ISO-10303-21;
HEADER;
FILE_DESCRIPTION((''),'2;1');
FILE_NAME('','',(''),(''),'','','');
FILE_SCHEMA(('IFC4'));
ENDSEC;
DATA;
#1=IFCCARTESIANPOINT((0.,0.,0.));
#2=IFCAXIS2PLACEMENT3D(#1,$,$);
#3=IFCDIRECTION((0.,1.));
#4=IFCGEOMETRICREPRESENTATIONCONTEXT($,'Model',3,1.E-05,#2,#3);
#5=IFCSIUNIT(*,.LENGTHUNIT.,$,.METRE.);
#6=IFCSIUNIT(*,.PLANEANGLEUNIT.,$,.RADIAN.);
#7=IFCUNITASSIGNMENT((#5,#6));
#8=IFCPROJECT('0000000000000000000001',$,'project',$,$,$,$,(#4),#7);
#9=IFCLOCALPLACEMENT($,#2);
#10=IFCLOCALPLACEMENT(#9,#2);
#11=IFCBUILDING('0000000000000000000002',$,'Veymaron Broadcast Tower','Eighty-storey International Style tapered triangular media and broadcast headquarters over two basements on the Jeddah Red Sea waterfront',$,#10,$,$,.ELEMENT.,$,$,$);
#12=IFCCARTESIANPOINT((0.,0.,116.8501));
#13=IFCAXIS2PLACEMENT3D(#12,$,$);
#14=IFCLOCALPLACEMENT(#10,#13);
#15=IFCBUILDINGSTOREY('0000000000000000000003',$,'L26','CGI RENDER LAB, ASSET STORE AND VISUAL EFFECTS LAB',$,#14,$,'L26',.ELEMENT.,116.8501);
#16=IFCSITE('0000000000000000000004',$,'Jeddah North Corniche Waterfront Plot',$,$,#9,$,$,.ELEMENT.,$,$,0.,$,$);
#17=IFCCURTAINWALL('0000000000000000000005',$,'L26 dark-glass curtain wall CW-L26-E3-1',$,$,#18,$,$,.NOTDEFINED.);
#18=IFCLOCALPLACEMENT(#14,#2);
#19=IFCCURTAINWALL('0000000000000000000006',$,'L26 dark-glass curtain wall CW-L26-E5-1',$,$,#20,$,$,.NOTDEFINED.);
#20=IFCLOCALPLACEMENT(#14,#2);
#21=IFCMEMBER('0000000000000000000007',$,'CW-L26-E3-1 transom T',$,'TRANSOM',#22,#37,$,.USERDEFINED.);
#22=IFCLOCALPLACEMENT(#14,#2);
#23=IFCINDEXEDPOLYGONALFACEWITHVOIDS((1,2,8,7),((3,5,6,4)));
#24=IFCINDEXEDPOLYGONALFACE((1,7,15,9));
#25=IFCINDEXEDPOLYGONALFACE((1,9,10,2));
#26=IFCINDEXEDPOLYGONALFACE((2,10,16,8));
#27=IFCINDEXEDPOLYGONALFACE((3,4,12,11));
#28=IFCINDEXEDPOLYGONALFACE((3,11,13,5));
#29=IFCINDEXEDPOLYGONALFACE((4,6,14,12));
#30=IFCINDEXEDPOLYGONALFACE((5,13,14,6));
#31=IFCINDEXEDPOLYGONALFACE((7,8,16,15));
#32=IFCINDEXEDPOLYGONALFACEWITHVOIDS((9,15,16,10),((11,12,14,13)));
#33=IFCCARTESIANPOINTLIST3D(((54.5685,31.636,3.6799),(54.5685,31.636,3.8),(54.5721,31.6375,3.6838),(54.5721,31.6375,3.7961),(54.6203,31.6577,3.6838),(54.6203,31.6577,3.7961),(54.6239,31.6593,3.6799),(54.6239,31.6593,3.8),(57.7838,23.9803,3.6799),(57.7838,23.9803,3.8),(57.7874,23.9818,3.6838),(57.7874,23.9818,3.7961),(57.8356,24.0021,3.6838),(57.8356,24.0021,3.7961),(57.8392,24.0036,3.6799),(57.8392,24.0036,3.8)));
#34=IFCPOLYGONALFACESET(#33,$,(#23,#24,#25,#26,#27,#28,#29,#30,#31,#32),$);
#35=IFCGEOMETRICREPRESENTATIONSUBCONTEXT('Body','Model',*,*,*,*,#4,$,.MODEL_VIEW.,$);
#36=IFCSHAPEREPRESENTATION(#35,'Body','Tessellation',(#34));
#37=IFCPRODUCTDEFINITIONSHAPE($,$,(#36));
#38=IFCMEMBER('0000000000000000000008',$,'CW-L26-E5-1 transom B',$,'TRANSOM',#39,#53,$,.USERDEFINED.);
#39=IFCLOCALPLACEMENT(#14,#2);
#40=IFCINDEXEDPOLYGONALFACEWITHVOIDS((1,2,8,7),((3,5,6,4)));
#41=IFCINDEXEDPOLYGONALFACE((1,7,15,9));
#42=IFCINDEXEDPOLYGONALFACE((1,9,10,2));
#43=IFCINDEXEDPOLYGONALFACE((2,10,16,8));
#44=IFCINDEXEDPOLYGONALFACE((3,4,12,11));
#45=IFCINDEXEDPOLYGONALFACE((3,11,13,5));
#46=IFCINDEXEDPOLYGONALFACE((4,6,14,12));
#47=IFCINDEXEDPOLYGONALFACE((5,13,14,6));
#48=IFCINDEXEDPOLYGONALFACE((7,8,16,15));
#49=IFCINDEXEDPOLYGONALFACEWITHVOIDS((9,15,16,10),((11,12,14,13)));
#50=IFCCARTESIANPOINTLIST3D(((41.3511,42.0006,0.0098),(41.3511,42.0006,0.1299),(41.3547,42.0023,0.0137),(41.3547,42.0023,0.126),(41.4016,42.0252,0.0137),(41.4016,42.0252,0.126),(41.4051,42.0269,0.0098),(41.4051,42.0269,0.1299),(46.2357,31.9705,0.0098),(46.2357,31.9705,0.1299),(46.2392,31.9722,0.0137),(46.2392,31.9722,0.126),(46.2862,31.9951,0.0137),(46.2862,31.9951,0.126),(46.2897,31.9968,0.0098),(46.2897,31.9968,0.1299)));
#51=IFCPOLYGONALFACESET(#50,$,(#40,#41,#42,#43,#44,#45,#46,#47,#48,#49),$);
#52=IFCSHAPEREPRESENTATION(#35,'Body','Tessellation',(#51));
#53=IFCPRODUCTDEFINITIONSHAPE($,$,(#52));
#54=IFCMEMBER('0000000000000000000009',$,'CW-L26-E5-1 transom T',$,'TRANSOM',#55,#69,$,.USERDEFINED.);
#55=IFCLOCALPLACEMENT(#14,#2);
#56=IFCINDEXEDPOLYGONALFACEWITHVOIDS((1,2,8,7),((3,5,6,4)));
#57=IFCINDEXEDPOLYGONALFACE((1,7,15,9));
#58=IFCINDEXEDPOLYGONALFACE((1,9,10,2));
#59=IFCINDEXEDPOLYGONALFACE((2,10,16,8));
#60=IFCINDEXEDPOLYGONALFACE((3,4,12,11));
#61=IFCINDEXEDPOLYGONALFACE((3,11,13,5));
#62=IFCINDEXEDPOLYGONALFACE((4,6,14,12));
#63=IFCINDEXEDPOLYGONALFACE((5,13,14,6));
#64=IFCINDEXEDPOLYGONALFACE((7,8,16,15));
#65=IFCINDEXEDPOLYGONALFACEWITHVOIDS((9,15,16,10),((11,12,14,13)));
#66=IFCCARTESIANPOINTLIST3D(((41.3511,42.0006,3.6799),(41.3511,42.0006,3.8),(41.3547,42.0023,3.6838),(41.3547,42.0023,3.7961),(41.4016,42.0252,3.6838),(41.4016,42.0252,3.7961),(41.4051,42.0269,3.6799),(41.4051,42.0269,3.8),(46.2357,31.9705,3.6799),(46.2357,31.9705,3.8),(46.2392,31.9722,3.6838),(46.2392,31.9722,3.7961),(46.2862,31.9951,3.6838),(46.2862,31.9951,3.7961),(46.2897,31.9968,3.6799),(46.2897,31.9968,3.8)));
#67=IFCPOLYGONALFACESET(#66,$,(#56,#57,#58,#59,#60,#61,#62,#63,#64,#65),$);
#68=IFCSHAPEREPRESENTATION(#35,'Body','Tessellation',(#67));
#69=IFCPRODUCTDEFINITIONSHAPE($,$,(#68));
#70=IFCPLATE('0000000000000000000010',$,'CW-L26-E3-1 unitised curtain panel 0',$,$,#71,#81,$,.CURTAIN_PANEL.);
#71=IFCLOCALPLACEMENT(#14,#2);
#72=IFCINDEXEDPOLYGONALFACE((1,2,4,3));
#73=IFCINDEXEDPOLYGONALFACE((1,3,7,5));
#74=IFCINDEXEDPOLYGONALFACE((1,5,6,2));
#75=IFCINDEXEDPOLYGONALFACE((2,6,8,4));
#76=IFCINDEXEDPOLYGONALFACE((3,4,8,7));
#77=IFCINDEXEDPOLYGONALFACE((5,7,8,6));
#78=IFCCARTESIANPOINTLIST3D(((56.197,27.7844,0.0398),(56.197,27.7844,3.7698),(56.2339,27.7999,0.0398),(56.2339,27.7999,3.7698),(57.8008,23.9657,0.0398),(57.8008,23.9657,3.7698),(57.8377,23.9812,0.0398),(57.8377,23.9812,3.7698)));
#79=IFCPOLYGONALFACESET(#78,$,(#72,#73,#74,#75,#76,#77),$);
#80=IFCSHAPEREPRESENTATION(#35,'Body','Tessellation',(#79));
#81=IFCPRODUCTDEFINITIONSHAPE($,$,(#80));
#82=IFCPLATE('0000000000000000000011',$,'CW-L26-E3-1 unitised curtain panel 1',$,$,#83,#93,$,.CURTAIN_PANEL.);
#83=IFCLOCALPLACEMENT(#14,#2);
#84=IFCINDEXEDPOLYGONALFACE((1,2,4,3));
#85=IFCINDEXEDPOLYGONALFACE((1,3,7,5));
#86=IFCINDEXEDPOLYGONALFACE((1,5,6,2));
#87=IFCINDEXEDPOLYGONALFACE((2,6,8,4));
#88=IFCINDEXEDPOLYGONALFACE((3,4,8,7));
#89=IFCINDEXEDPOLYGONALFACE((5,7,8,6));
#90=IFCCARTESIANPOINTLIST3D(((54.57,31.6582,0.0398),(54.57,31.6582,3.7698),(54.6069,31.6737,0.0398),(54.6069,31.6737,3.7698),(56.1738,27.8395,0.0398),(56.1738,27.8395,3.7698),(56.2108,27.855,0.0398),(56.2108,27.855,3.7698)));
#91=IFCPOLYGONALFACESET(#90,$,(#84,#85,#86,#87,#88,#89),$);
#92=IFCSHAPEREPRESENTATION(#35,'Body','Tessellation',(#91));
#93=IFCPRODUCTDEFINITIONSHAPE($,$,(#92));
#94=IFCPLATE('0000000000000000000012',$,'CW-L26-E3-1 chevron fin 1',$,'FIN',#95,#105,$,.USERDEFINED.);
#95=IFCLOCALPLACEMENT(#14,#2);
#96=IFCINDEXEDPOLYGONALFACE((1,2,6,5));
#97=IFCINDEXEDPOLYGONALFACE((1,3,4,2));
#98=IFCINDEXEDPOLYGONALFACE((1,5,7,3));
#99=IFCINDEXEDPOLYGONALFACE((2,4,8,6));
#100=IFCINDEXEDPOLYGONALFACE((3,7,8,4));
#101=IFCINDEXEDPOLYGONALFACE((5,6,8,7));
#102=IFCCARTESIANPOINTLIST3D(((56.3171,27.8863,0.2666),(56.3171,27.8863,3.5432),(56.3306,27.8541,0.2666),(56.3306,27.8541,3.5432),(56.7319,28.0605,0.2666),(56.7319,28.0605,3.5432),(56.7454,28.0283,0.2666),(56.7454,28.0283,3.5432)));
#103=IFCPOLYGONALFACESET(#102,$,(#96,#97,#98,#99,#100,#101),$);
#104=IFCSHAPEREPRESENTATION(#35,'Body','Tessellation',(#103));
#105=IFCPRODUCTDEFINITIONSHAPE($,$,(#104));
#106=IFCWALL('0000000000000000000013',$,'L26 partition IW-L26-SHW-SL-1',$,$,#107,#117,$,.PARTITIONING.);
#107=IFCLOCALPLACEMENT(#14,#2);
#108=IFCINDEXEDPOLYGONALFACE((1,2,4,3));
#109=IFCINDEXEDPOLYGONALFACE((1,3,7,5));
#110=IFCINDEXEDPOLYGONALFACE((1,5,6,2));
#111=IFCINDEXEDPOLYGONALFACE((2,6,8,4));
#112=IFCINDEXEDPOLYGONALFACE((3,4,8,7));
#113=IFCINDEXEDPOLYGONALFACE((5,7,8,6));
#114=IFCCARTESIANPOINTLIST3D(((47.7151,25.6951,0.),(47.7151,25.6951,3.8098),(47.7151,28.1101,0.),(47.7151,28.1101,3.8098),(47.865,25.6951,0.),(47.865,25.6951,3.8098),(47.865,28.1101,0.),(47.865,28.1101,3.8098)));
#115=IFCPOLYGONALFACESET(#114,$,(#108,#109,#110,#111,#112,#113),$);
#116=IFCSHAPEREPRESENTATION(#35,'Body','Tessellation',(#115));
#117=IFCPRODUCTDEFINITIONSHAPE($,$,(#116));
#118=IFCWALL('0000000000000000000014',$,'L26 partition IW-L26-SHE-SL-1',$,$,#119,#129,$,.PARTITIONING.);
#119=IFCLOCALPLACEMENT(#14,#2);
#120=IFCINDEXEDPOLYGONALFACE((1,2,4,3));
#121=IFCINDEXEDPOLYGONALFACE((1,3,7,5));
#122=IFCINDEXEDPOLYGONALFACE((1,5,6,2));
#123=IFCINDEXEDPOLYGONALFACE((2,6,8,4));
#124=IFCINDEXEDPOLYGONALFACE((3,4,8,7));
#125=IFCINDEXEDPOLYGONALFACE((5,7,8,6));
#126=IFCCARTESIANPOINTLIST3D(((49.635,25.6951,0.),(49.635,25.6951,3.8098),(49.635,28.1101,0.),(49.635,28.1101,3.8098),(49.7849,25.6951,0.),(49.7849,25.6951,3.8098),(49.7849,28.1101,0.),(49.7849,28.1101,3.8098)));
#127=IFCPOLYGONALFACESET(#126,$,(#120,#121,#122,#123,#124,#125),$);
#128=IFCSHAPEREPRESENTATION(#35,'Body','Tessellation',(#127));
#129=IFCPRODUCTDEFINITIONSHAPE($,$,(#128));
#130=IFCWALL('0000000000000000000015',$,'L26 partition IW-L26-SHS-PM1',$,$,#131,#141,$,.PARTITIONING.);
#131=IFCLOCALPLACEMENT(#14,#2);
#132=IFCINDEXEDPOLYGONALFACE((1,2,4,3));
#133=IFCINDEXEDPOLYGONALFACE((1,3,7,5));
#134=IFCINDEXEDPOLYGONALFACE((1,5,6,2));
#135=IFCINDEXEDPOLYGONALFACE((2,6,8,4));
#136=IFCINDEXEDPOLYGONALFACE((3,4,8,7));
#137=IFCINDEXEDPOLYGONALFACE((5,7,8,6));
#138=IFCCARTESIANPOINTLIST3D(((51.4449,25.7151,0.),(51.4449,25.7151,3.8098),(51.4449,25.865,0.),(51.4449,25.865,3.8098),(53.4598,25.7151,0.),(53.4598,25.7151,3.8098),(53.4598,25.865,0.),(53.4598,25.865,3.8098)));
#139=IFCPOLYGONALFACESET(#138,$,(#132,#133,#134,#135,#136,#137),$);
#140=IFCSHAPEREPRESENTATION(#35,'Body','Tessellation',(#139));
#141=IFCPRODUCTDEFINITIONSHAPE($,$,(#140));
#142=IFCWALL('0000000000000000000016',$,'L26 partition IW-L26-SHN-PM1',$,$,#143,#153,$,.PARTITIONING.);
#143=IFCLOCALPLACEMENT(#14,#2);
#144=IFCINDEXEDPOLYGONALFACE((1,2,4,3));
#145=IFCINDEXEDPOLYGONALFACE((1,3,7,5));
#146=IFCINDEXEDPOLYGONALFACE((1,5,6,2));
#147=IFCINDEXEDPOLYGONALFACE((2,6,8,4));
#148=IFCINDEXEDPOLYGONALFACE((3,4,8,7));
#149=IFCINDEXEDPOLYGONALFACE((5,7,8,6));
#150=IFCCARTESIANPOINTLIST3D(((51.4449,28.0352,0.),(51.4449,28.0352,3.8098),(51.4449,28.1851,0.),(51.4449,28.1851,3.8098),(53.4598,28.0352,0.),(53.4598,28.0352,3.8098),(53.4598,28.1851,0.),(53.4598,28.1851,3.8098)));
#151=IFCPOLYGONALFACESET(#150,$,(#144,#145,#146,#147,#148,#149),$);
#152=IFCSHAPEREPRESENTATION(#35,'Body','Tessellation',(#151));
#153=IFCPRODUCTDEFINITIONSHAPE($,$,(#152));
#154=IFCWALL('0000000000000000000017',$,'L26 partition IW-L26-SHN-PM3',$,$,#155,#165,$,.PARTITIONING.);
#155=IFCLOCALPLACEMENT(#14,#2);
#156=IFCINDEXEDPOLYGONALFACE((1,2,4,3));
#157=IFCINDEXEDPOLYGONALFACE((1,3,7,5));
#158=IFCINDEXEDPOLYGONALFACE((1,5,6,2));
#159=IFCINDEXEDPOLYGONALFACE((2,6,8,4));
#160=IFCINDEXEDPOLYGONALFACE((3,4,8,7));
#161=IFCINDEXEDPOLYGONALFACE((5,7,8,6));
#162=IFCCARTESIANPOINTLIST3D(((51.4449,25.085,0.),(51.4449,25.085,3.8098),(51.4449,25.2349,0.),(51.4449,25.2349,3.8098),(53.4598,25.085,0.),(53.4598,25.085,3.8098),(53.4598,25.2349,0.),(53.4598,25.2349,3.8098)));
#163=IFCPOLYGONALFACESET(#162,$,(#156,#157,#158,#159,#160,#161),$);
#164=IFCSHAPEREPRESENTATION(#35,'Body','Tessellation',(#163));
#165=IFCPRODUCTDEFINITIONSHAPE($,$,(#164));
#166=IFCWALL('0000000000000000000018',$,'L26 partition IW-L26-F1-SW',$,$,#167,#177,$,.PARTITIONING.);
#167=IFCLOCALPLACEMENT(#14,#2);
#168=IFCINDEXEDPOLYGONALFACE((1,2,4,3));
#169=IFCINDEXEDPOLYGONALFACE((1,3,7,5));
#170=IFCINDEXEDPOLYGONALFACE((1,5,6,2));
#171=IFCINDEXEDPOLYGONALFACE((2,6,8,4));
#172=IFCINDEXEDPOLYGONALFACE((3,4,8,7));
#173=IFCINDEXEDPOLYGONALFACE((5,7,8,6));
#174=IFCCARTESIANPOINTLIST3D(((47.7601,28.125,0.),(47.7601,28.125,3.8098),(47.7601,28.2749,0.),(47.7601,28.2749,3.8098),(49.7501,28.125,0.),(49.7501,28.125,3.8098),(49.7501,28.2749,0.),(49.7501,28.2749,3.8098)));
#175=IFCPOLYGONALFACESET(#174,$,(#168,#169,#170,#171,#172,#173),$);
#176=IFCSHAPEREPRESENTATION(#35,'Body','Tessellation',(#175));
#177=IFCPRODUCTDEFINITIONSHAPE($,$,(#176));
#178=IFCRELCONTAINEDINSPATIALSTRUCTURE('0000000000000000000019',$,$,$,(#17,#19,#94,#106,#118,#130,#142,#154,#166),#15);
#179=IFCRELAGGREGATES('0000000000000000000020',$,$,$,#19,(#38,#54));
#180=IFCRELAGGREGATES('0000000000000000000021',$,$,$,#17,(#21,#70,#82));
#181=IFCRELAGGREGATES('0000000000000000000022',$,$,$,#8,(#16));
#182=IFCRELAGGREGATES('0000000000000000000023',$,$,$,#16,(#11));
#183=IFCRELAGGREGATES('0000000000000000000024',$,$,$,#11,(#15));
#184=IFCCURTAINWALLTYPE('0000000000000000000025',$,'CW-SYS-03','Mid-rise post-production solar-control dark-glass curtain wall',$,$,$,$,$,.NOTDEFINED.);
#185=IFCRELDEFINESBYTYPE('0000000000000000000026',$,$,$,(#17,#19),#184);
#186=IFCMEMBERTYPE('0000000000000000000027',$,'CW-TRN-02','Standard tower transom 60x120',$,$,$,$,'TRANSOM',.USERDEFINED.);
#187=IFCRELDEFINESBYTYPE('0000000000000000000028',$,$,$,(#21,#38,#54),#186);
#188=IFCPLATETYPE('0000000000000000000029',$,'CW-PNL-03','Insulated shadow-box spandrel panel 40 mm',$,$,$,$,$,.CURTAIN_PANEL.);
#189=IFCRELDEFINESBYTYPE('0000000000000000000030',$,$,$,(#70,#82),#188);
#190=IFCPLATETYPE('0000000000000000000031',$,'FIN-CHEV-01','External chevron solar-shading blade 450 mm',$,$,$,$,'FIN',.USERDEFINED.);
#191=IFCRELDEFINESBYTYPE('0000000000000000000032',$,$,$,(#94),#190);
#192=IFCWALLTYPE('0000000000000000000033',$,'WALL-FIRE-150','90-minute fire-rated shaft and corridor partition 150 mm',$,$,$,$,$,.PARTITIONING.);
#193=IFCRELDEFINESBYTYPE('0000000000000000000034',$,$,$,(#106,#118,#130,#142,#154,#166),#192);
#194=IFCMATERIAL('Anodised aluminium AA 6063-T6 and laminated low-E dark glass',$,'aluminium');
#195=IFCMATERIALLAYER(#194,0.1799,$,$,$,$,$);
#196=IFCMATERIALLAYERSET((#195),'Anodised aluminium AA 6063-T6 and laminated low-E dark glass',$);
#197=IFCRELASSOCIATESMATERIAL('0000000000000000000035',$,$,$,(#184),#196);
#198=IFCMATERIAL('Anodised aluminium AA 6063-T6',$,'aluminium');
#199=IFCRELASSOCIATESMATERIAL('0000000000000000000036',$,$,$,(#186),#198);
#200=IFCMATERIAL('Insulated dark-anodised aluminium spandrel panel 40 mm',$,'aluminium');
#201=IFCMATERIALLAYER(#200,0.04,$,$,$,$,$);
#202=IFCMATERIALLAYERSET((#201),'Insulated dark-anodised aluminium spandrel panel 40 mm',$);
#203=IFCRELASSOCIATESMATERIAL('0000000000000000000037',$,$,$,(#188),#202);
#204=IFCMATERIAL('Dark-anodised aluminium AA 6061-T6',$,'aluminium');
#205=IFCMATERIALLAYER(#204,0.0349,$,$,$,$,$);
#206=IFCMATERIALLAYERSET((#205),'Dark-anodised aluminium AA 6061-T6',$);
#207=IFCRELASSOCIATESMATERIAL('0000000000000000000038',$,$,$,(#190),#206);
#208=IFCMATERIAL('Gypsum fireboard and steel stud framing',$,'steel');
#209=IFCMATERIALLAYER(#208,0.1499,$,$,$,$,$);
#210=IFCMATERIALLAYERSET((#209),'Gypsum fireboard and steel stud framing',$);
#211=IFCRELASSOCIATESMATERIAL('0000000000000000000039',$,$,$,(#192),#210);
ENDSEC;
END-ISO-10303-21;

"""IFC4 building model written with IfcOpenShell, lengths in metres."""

from ifc_helpers import new_model, si_unit, direction, frame, frame_2d, origin, origin_2d, place, context, subcontext, project, spatial, rectangle, hollow_rectangle, extrude, material, layer, layer_set, material_profile, profile_set, type_object, element, aggregate, save


model = new_model("IFC4")

# Units and contexts
model_context = context("Model", 3, precision=1e-05, world=origin(), true_north=direction((0.0, 1.0)))
body_context = subcontext(model_context, "Body", "Model", "MODEL_VIEW")
ifc_project = project(units=[si_unit("LENGTHUNIT", "METRE"), si_unit("PLANEANGLEUNIT", "RADIAN")], contexts=[model_context])

# Site, building, storey
site_placement = place(None, origin())
site = spatial("IfcSite", under=ifc_project, at=site_placement, Name="Jeddah North Corniche Waterfront Plot", CompositionType="ELEMENT", RefElevation=0.0)
building_placement = place(site_placement, origin())
building = spatial("IfcBuilding", under=site, at=building_placement, Name="Veymaron Broadcast Tower", Description="Eighty-storey International Style tapered triangular media and broadcast headquarters over two basements on the Jeddah Red Sea waterfront", CompositionType="ELEMENT")
storey_placement = place(building_placement, frame((0.0, 0.0, 116.8501)))
storey = spatial("IfcBuildingStorey", under=building, at=storey_placement, Name="L26", Description="CGI RENDER LAB, ASSET STORE AND VISUAL EFFECTS LAB", LongName="L26", CompositionType="ELEMENT", Elevation=116.8501)

# Shared definitions
ifc_material_1 = material(Name="Anodised aluminium AA 6063-T6 and laminated low-E dark glass", Category="aluminium")
ifc_layer_1 = layer(ifc_material_1, 0.1799)
ifc_layer_set_1 = layer_set([ifc_layer_1], Name="Anodised aluminium AA 6063-T6 and laminated low-E dark glass")
curtain_wall_type = type_object("IfcCurtainWallType", Name="CW-SYS-03", Description="Mid-rise post-production solar-control dark-glass curtain wall", PredefinedType="NOTDEFINED", material=ifc_layer_set_1)
ifc_material_2 = material(Name="Anodised aluminium AA 6063-T6", Category="aluminium")

# Curtain wall
curtain_wall_1_placement = place(storey_placement, origin())
curtain_wall_1 = element("IfcCurtainWall", 1, at=curtain_wall_1_placement, inside=storey, type_object=curtain_wall_type, Name="L26 dark-glass curtain wall CW-L26-E3-1", PredefinedType="NOTDEFINED")

# Curtain wall
curtain_wall_2_placement = place(storey_placement, origin())
curtain_wall_2 = element("IfcCurtainWall", 2, at=curtain_wall_2_placement, inside=storey, type_object=curtain_wall_type, Name="L26 dark-glass curtain wall CW-L26-E5-1", PredefinedType="NOTDEFINED")

# Members
ifc_material_profile_1 = material_profile(ifc_material_2, hollow_rectangle(XDim=0.0601, YDim=0.1201, WallThickness=0.0039, at=origin_2d()), Name="AL120X60X4")
ifc_profile_set_1 = profile_set([ifc_material_profile_1], Name="Anodised aluminium AA 6063-T6")
member_type_1 = type_object("IfcMemberType", Name="CW-TRN-02", Description="Standard tower transom 60x120", ElementType="TRANSOM", PredefinedType="USERDEFINED", material=ifc_profile_set_1)
member_1_placement = place(storey_placement, frame((57.8115, 23.9919, 3.74), z_axis=(-0.387223, 0.921986, 0.0), x_axis=(-0.921986, -0.387223, 0.0)))
member_1 = element("IfcMember", 3, at=member_1_placement, type_object=member_type_1, Name="CW-L26-E3-1 transom T", ObjectType="TRANSOM", PredefinedType="USERDEFINED", context=body_context, shape_type="SweptSolid", body=[
    extrude(hollow_rectangle(XDim=0.0601, YDim=0.1201, WallThickness=0.0039, at=origin_2d()), origin(), (0.0, 0.0, 1.0), 8.3035),
])
member_2_placement = place(storey_placement, frame((46.2627, 31.9836, 0.0698), z_axis=(-0.437832, 0.899057, 0.0), x_axis=(-0.899057, -0.437832, 0.0)))
member_2 = element("IfcMember", 4, at=member_2_placement, type_object=member_type_1, Name="CW-L26-E5-1 transom B", ObjectType="TRANSOM", PredefinedType="USERDEFINED", context=body_context, shape_type="SweptSolid", body=[
    extrude(hollow_rectangle(XDim=0.0601, YDim=0.1201, WallThickness=0.0039, at=origin_2d()), origin(), (0.0, 0.0, 1.0), 11.1562),
])
member_3_placement = place(storey_placement, frame((46.2627, 31.9836, 3.74), z_axis=(-0.437832, 0.899057, 0.0), x_axis=(-0.899057, -0.437832, 0.0)))
member_3 = element("IfcMember", 5, at=member_3_placement, type_object=member_type_1, Name="CW-L26-E5-1 transom T", ObjectType="TRANSOM", PredefinedType="USERDEFINED", context=body_context, shape_type="SweptSolid", body=[
    extrude(hollow_rectangle(XDim=0.0601, YDim=0.1201, WallThickness=0.0039, at=origin_2d()), origin(), (0.0, 0.0, 1.0), 11.1562),
])
aggregate(curtain_wall_2, [member_2, member_3])

# Plates
ifc_material_3 = material(Name="Insulated dark-anodised aluminium spandrel panel 40 mm", Category="aluminium")
ifc_layer_2 = layer(ifc_material_3, 0.04)
ifc_layer_set_2 = layer_set([ifc_layer_2], Name="Insulated dark-anodised aluminium spandrel panel 40 mm")
plate_type_1 = type_object("IfcPlateType", Name="CW-PNL-03", Description="Insulated shadow-box spandrel panel 40 mm", PredefinedType="CURTAIN_PANEL", material=ifc_layer_set_2)
plate_1_placement = place(storey_placement, frame((57.0173, 25.8828, 0.0398), z_axis=(0.0, 0.0, 1.0), x_axis=(-0.387226, 0.921985, 0.0)))
plate_1 = element("IfcPlate", 6, at=plate_1_placement, type_object=plate_type_1, Name="CW-L26-E3-1 unitised curtain panel 0", PredefinedType="CURTAIN_PANEL", context=body_context, shape_type="SweptSolid", body=[
    extrude(rectangle(XDim=4.1418, YDim=0.04, at=origin_2d()), origin(), (0.0, 0.0, 1.0), 3.73),
])
plate_2_placement = place(storey_placement, frame((55.3904, 29.7566, 0.0398), z_axis=(0.0, 0.0, 1.0), x_axis=(-0.387226, 0.921985, 0.0)))
plate_2 = element("IfcPlate", 7, at=plate_2_placement, type_object=plate_type_1, Name="CW-L26-E3-1 unitised curtain panel 1", PredefinedType="CURTAIN_PANEL", context=body_context, shape_type="SweptSolid", body=[
    extrude(rectangle(XDim=4.1418, YDim=0.04, at=origin_2d()), origin(), (0.0, 0.0, 1.0), 3.73),
])
aggregate(curtain_wall_1, [member_1, plate_1, plate_2])
ifc_material_4 = material(Name="Dark-anodised aluminium AA 6061-T6", Category="aluminium")
ifc_layer_3 = layer(ifc_material_4, 0.0349)
ifc_layer_set_3 = layer_set([ifc_layer_3], Name="Dark-anodised aluminium AA 6061-T6")
plate_type_2 = type_object("IfcPlateType", Name="FIN-CHEV-01", Description="External chevron solar-shading blade 450 mm", ElementType="FIN", PredefinedType="USERDEFINED", material=ifc_layer_set_3)
plate_3_placement = place(storey_placement, frame((56.5312, 27.9573, 0.2666), z_axis=(0.0, 0.0, 1.0), x_axis=(0.921985, 0.387226, 0.0)))
element("IfcPlate", 8, at=plate_3_placement, inside=storey, type_object=plate_type_2, Name="CW-L26-E3-1 chevron fin 1", ObjectType="FIN", PredefinedType="USERDEFINED", context=body_context, shape_type="SweptSolid", body=[
    extrude(rectangle(XDim=0.45, YDim=0.0349, at=origin_2d()), origin(), (0.0, 0.0, 1.0), 3.2766),
])

# Shared definitions
ifc_material_5 = material(Name="Gypsum fireboard and steel stud framing", Category="steel")
ifc_layer_4 = layer(ifc_material_5, 0.1499)
ifc_layer_set_4 = layer_set([ifc_layer_4], Name="Gypsum fireboard and steel stud framing")
wall_type_1 = type_object("IfcWallType", Name="WALL-FIRE-150", Description="90-minute fire-rated shaft and corridor partition 150 mm", PredefinedType="PARTITIONING", material=ifc_layer_set_4)

# Walls
for number, where, z_axis, x_axis, name in (
    (9, (47.79, 25.6951, 0.0), (0.0, 0.0, 1.0), (0.0, 1.0, 0.0), "L26 partition IW-L26-SHW-SL-1"),
    (10, (49.71, 25.6951, 0.0), (0.0, 0.0, 1.0), (0.0, 1.0, 0.0), "L26 partition IW-L26-SHE-SL-1"),
):
    element("IfcWall", number, at=place(storey_placement, frame(where, z_axis=z_axis, x_axis=x_axis)), inside=storey, type_object=wall_type_1, Name=name, PredefinedType="PARTITIONING", context=body_context, shape_type="SweptSolid", body=[
        extrude(rectangle(XDim=2.415, YDim=0.1499, at=frame_2d((1.2075, 0.0))), origin(), (0.0, 0.0, 1.0), 3.8098),
    ])

# Walls
for number, where, z_axis, x_axis, name in (
    (11, (51.4451, 25.79, 0.0), (0.0, 0.0, 1.0), (1.0, 0.0, 0.0), "L26 partition IW-L26-SHS-PM1"),
    (12, (51.4451, 28.1101, 0.0), (0.0, 0.0, 1.0), (1.0, 0.0, 0.0), "L26 partition IW-L26-SHN-PM1"),
    (13, (51.4451, 25.1599, 0.0), (0.0, 0.0, 1.0), (1.0, 0.0, 0.0), "L26 partition IW-L26-SHN-PM3"),
):
    element("IfcWall", number, at=place(storey_placement, frame(where, z_axis=z_axis, x_axis=x_axis)), inside=storey, type_object=wall_type_1, Name=name, PredefinedType="PARTITIONING", context=body_context, shape_type="SweptSolid", body=[
        extrude(rectangle(XDim=2.0149, YDim=0.1499, at=frame_2d((1.0073, 0.0))), origin(), (0.0, 0.0, 1.0), 3.8098),
    ])
wall_1_placement = place(storey_placement, frame((47.76, 28.2, 0.0), z_axis=(0.0, 0.0, 1.0), x_axis=(1.0, 0.0, 0.0)))
element("IfcWall", 14, at=wall_1_placement, inside=storey, type_object=wall_type_1, Name="L26 partition IW-L26-F1-SW", PredefinedType="PARTITIONING", context=body_context, shape_type="SweptSolid", body=[
    extrude(rectangle(XDim=1.99, YDim=0.1499, at=frame_2d((0.9951, 0.0))), origin(), (0.0, 0.0, 1.0), 3.8098),
])

save(model, "model.ifc")
